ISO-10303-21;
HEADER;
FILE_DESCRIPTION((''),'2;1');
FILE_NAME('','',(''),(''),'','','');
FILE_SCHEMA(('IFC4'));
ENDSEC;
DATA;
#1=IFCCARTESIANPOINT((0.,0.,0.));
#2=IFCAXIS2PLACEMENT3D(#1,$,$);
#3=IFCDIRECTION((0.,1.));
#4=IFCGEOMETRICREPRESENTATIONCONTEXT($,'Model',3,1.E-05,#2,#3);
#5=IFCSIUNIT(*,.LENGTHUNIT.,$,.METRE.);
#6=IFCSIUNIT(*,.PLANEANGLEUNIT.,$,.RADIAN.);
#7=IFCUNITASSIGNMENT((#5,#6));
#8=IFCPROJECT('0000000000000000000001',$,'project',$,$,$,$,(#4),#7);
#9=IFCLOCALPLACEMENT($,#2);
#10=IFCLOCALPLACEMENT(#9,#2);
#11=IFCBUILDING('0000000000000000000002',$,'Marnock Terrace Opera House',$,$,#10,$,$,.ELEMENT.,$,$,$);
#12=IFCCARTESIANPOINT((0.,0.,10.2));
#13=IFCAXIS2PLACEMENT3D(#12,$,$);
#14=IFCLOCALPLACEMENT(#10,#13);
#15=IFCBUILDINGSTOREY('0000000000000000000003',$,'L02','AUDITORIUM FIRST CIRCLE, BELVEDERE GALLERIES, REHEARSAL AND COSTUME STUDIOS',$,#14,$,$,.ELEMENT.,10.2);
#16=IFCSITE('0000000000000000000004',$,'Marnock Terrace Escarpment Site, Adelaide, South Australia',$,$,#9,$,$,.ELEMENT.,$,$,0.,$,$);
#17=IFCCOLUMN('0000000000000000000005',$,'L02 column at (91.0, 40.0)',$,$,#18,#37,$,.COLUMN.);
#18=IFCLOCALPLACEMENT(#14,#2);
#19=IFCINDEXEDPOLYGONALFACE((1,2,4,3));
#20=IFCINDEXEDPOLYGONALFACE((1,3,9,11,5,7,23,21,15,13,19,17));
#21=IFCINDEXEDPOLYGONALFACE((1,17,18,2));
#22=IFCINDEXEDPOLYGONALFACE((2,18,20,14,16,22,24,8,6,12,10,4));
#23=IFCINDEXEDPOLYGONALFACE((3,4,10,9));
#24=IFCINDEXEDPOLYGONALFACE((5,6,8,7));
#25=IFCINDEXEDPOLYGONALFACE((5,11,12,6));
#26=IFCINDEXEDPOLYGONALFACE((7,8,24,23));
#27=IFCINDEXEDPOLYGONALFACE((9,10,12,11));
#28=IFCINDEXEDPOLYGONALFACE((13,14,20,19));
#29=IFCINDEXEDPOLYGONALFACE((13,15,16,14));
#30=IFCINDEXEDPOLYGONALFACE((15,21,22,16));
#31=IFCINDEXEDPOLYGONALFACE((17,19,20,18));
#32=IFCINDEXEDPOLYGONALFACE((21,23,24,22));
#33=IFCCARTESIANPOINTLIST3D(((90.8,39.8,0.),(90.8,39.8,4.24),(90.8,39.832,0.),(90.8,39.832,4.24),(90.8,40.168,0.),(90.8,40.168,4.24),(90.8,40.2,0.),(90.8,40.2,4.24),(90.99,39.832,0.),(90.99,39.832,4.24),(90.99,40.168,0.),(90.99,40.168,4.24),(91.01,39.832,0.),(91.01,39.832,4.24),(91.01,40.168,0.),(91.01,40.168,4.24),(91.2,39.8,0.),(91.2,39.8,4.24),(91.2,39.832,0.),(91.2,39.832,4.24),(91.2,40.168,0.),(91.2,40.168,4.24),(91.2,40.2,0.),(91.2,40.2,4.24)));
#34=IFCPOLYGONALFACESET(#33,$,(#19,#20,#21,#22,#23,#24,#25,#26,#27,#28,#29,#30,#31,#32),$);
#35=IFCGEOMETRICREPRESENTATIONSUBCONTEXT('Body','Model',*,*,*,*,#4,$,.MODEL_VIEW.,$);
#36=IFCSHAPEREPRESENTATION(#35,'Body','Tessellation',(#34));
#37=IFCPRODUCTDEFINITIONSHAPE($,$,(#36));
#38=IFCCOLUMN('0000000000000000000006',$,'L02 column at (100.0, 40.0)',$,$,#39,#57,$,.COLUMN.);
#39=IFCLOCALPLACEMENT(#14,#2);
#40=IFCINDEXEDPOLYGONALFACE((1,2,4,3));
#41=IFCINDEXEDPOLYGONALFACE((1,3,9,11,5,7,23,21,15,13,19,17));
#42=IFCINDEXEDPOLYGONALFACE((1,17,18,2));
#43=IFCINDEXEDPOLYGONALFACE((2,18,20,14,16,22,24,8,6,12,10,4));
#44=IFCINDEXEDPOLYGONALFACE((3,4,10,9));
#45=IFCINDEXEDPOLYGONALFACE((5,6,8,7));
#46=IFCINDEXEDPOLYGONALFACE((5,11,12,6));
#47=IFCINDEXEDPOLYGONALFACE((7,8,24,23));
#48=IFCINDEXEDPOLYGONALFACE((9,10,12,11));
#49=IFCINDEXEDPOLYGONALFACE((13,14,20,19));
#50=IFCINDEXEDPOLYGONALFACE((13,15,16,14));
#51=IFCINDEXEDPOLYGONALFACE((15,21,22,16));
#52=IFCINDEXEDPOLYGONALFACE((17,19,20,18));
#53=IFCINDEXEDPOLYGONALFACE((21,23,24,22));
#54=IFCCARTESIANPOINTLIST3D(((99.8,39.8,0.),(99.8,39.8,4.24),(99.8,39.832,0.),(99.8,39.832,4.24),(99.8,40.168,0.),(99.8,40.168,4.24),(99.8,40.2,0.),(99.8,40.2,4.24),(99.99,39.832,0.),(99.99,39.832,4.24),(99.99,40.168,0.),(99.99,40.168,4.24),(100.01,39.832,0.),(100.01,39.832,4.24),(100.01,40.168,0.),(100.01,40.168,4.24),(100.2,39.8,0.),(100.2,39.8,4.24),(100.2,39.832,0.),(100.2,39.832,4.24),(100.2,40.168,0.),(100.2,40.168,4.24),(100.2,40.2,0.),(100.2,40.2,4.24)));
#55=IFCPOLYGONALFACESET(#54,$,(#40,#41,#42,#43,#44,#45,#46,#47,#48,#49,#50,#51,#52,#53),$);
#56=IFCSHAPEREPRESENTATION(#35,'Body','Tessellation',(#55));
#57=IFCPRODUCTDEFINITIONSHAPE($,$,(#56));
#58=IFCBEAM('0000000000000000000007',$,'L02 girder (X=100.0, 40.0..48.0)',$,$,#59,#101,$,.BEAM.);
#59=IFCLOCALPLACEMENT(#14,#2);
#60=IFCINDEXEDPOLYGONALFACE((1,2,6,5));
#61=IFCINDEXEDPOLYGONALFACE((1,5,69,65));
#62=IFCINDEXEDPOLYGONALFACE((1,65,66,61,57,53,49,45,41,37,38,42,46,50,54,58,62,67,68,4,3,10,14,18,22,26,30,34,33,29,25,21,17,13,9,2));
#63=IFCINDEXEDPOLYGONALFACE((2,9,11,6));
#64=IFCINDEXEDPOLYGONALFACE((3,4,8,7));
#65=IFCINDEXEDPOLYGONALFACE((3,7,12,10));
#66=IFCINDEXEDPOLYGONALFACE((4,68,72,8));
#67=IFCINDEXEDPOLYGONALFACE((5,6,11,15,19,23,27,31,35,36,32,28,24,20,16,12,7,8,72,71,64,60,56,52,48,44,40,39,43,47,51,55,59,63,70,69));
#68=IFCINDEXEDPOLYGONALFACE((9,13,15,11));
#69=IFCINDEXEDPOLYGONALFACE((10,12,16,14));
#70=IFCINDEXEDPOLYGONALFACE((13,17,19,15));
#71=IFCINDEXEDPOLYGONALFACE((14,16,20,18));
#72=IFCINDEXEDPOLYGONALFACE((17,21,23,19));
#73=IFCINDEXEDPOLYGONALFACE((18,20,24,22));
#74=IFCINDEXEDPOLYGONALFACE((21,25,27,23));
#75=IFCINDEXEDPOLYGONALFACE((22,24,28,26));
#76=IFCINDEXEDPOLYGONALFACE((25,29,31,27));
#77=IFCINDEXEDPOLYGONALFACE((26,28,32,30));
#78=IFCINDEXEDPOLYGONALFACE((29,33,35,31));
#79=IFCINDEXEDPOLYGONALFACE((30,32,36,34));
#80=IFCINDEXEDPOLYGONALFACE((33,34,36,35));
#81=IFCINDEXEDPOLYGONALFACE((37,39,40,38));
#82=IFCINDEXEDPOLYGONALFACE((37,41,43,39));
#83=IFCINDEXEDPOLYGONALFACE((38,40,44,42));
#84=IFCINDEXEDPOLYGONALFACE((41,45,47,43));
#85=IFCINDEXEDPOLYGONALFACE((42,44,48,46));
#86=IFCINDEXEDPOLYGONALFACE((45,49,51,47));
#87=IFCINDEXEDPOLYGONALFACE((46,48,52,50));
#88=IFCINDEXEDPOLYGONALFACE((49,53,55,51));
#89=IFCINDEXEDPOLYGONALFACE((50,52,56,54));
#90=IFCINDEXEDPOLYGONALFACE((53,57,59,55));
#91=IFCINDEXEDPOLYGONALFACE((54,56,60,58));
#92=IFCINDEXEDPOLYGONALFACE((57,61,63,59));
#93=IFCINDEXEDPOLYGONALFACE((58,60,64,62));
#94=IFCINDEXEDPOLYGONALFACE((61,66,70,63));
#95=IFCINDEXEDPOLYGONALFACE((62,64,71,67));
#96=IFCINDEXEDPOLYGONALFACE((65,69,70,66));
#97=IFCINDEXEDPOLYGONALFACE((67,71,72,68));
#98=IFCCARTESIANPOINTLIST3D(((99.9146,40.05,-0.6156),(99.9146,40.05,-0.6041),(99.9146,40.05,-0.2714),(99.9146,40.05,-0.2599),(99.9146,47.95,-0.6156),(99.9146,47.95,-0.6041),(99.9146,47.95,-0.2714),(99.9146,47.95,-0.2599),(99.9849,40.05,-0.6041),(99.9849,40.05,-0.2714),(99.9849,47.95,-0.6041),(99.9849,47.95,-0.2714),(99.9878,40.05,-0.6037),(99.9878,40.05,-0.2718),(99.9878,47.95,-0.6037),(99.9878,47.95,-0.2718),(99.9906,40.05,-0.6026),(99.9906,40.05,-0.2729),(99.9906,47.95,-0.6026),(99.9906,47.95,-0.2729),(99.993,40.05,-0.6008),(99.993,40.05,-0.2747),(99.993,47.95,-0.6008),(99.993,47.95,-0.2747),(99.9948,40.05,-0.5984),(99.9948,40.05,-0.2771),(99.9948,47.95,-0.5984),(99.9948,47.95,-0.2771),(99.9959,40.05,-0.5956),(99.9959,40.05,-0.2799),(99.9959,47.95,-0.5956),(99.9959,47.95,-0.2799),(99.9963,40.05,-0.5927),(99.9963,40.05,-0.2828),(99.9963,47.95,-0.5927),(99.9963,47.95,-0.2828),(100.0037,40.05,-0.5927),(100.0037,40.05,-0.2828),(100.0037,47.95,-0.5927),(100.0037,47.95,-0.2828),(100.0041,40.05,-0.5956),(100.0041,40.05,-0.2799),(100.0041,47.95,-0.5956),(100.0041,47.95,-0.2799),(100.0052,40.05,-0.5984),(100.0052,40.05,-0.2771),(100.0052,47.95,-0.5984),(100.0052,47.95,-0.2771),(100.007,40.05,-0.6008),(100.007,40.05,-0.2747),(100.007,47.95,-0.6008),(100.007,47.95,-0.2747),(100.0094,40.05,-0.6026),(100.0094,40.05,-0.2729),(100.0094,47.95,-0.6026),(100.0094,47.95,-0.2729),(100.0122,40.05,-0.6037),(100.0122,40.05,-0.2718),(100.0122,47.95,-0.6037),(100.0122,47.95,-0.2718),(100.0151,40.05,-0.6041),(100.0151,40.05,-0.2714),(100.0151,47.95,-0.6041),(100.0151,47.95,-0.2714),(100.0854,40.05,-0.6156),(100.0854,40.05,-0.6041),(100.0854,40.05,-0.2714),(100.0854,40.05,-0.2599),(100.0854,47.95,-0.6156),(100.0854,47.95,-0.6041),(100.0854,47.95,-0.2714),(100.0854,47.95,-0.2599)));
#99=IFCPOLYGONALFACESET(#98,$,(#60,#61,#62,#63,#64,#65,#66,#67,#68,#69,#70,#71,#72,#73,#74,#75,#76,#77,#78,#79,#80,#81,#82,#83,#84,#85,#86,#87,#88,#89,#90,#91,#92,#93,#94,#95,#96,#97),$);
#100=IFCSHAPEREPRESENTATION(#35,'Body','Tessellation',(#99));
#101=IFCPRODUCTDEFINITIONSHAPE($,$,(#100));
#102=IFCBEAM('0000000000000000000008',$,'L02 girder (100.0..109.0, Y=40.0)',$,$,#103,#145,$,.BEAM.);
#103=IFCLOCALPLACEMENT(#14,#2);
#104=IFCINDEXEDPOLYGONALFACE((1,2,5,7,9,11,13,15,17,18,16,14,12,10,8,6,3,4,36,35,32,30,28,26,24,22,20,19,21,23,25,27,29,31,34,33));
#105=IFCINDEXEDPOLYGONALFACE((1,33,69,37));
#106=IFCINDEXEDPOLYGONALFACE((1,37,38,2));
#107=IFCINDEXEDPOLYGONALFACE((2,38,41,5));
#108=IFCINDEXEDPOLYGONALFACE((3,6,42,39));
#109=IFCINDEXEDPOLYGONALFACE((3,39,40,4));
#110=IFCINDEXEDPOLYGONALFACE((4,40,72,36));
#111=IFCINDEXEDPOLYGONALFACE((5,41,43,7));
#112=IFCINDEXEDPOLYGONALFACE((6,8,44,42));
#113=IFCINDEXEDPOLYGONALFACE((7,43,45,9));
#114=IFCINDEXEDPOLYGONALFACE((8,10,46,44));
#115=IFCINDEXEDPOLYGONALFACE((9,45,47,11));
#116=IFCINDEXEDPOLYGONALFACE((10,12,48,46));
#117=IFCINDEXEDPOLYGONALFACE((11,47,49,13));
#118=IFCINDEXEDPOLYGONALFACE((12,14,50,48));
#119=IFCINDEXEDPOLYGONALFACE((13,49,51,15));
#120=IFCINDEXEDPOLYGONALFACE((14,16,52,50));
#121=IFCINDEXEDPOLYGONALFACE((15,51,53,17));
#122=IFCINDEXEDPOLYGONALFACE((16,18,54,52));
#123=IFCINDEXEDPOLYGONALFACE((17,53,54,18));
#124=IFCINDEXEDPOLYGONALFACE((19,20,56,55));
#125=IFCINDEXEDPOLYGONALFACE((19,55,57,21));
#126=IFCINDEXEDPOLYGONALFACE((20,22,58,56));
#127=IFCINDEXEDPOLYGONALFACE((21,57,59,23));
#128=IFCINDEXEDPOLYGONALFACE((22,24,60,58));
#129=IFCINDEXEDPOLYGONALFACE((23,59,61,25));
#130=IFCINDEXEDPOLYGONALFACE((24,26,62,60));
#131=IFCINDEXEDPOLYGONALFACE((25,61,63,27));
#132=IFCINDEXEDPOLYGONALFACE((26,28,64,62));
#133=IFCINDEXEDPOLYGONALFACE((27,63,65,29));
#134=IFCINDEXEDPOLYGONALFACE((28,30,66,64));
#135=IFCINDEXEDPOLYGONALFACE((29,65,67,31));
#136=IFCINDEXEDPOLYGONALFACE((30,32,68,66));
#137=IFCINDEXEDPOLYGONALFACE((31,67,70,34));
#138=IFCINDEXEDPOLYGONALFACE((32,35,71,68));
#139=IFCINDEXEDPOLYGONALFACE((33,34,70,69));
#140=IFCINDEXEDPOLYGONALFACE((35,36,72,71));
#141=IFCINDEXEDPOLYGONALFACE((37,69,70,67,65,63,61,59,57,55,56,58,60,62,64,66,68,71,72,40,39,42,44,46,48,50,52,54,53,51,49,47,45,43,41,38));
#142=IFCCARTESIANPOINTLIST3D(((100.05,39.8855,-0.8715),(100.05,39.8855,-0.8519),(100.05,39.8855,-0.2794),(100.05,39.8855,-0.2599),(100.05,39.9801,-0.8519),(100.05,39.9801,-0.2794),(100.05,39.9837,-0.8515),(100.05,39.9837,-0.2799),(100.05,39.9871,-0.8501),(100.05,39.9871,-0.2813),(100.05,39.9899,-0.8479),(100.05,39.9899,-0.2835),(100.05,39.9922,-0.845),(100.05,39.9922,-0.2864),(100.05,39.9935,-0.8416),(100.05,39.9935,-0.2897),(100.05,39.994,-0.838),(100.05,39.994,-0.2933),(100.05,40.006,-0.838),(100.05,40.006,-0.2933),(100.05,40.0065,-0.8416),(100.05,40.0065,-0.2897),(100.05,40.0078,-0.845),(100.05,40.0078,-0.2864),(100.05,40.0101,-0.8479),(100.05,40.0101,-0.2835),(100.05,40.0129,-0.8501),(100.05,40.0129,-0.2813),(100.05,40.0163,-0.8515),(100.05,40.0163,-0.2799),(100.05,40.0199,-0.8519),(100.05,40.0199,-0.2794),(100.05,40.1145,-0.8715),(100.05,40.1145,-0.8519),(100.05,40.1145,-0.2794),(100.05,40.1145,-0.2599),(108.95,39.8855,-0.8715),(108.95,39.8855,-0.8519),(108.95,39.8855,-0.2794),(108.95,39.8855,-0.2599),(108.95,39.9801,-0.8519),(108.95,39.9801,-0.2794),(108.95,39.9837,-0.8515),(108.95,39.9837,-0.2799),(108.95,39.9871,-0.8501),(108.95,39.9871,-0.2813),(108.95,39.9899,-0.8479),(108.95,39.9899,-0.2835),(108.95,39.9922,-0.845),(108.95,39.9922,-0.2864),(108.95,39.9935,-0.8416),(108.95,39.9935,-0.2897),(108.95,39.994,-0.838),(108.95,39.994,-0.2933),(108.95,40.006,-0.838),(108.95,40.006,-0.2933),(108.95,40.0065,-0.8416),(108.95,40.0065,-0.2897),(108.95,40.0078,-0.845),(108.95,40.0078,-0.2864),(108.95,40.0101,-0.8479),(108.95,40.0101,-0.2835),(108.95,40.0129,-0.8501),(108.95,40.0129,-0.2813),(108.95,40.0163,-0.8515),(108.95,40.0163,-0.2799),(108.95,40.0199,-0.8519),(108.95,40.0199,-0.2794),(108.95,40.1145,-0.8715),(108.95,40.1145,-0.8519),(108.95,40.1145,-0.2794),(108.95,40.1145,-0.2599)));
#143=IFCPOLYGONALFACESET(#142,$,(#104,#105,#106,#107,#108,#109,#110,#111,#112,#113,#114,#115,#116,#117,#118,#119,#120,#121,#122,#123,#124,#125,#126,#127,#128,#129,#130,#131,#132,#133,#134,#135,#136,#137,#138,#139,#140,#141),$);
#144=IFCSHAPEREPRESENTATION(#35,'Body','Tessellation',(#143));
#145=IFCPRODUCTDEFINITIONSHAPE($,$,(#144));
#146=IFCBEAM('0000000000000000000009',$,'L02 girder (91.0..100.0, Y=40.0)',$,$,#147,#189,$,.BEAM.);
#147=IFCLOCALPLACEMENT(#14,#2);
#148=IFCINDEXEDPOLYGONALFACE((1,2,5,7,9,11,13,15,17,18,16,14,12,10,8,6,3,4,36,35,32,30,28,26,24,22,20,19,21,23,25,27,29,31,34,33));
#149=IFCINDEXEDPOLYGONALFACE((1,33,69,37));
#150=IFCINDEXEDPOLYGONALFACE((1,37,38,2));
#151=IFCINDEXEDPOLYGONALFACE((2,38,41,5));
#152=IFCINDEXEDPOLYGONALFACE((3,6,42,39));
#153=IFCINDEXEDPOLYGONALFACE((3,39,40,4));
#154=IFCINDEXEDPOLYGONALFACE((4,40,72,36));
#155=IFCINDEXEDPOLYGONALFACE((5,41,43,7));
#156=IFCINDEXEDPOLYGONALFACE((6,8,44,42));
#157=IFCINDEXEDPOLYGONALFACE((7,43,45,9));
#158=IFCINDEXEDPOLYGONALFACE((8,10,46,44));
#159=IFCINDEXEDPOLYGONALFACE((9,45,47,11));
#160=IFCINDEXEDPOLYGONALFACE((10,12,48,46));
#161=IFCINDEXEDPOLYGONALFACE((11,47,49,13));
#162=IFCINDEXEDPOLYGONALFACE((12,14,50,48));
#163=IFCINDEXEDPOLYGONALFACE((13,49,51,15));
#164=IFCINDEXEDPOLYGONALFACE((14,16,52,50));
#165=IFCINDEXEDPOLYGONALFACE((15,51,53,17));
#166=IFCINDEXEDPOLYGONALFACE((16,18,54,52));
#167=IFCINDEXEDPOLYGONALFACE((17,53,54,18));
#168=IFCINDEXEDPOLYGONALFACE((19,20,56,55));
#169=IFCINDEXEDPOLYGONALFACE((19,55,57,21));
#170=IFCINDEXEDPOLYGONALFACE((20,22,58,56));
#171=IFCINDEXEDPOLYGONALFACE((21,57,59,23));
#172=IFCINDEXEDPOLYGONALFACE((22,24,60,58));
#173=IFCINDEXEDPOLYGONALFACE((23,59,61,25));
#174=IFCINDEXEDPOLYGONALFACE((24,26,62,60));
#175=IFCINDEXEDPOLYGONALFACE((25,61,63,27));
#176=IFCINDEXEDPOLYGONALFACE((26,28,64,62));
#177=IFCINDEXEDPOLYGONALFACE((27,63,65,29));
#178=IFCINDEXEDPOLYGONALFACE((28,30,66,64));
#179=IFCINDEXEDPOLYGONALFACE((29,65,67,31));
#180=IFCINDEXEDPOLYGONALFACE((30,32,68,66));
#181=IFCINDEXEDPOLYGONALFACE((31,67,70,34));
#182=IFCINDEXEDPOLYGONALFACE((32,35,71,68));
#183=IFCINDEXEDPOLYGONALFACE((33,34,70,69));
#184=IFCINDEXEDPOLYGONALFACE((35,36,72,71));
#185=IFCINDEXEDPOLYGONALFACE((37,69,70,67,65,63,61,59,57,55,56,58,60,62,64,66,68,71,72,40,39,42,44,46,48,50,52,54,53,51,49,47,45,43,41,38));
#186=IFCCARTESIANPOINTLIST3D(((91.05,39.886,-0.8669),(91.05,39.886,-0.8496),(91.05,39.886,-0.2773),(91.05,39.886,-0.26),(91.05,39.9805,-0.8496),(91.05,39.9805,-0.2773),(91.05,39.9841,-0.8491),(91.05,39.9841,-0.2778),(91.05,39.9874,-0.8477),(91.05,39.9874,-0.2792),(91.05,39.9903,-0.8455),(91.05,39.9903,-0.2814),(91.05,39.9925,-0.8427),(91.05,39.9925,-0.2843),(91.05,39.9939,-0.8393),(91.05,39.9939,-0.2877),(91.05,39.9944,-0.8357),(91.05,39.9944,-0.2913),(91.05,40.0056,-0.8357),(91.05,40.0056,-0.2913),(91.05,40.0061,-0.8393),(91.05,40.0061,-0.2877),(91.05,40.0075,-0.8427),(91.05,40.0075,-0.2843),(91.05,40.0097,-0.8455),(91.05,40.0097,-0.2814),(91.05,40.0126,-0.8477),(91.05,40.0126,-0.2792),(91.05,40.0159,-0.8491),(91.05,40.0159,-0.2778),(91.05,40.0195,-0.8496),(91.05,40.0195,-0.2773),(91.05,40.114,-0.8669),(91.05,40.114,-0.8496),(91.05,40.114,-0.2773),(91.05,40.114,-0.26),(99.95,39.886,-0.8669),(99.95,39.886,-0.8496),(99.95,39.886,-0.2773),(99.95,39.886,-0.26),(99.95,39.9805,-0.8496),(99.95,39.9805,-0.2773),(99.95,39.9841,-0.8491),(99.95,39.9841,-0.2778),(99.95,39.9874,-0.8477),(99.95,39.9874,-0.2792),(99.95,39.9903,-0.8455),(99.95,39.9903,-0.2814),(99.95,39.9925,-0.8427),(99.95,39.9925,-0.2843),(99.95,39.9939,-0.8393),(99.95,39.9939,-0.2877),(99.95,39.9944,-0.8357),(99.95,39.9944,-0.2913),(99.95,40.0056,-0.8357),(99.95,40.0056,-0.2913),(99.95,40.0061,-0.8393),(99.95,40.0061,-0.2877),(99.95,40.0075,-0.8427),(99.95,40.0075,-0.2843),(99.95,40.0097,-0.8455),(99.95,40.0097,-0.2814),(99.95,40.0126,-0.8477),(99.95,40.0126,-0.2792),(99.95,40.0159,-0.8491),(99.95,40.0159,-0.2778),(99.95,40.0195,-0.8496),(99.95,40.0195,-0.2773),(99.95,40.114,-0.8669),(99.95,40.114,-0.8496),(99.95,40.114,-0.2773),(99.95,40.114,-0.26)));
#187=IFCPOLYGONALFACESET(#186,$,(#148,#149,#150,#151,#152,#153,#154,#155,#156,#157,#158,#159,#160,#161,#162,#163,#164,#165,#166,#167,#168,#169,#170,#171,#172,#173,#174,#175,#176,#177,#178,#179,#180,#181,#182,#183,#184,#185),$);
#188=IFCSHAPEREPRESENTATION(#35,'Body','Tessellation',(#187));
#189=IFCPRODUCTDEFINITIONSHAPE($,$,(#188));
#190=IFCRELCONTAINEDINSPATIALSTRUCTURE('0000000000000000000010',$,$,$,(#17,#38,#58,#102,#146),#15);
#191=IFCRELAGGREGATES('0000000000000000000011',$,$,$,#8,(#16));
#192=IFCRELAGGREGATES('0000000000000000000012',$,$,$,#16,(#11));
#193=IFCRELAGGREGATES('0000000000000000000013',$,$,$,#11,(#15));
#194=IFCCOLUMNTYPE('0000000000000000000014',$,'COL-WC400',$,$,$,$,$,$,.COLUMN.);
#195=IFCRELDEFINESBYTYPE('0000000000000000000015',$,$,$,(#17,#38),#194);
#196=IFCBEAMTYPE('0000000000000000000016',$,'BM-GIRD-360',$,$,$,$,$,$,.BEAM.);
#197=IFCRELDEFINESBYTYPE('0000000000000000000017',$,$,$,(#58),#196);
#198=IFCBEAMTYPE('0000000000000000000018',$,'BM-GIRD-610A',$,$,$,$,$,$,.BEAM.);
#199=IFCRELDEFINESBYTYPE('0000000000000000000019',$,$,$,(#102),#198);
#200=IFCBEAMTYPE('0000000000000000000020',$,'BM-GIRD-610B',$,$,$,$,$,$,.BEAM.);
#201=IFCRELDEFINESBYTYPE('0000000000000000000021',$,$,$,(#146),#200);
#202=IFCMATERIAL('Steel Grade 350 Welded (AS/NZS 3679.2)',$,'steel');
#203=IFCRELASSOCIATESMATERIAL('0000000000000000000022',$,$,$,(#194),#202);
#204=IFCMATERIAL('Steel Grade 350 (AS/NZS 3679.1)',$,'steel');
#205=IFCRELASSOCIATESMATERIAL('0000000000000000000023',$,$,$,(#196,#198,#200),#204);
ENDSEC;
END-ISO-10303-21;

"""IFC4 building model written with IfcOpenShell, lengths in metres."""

from ifc_helpers import new_model, si_unit, direction, frame, origin, origin_2d, place, context, subcontext, project, spatial, i_section, extrude, material, material_profile, profile_set, type_object, element, save


model = new_model("IFC4")

# Units and contexts
model_context = context("Model", 3, precision=1e-05, world=origin(), true_north=direction((0.0, 1.0)))
body_context = subcontext(model_context, "Body", "Model", "MODEL_VIEW")
ifc_project = project(units=[si_unit("LENGTHUNIT", "METRE"), si_unit("PLANEANGLEUNIT", "RADIAN")], contexts=[model_context])

# Site, building, storey
site_placement = place(None, origin())
site = spatial("IfcSite", under=ifc_project, at=site_placement, Name="Marnock Terrace Escarpment Site, Adelaide, South Australia", CompositionType="ELEMENT", RefElevation=0.0)
building_placement = place(site_placement, origin())
building = spatial("IfcBuilding", under=site, at=building_placement, Name="Marnock Terrace Opera House", CompositionType="ELEMENT")
storey_placement = place(building_placement, frame((0.0, 0.0, 10.2)))
storey = spatial("IfcBuildingStorey", under=building, at=storey_placement, Name="L02", Description="AUDITORIUM FIRST CIRCLE, BELVEDERE GALLERIES, REHEARSAL AND COSTUME STUDIOS", CompositionType="ELEMENT", Elevation=10.2)

# Columns
ifc_material_1 = material(Name="Steel Grade 350 Welded (AS/NZS 3679.2)", Category="steel")
ifc_material_profile_1 = material_profile(ifc_material_1, i_section(OverallWidth=0.3999, OverallDepth=0.3999, WebThickness=0.02, FlangeThickness=0.032, at=origin_2d()))
ifc_profile_set_1 = profile_set([ifc_material_profile_1], Name="Steel Grade 350 Welded (AS/NZS 3679.2)")
column_type_1 = type_object("IfcColumnType", Name="COL-WC400", PredefinedType="COLUMN", material=ifc_profile_set_1)
for number, where, z_axis, x_axis, name in (
    (1, (91.0, 40.0, 0.0), (0.0, 0.0, 1.0), (1.0, 0.0, 0.0), "L02 column at (91.0, 40.0)"),
    (2, (100.0, 40.0, 0.0), (0.0, 0.0, 1.0), (1.0, 0.0, 0.0), "L02 column at (100.0, 40.0)"),
):
    element("IfcColumn", number, at=place(storey_placement, frame(where, z_axis=z_axis, x_axis=x_axis)), inside=storey, type_object=column_type_1, Name=name, PredefinedType="COLUMN", context=body_context, shape_type="SweptSolid", body=[
        extrude(i_section(OverallWidth=0.3999, OverallDepth=0.3999, WebThickness=0.02, FlangeThickness=0.032, at=origin_2d()), origin(), (0.0, 0.0, 1.0), 4.24),
    ])

# Beams
ifc_material_2 = material(Name="Steel Grade 350 (AS/NZS 3679.1)", Category="steel")
ifc_material_profile_2 = material_profile(ifc_material_2, i_section(OverallWidth=0.1709, OverallDepth=0.3557, WebThickness=0.0073, FlangeThickness=0.0115, FilletRadius=0.0115, at=origin_2d()))
ifc_profile_set_2 = profile_set([ifc_material_profile_2], Name="Steel Grade 350 (AS/NZS 3679.1)")
beam_type_1 = type_object("IfcBeamType", Name="BM-GIRD-360", PredefinedType="BEAM", material=ifc_profile_set_2)
beam_1_placement = place(storey_placement, frame((100.0, 40.05, -0.4377), z_axis=(0.0, 1.0, 0.0), x_axis=(-1.0, 0.0, 0.0)))
element("IfcBeam", 3, at=beam_1_placement, inside=storey, type_object=beam_type_1, Name="L02 girder (X=100.0, 40.0..48.0)", PredefinedType="BEAM", context=body_context, shape_type="SweptSolid", body=[
    extrude(i_section(OverallWidth=0.1709, OverallDepth=0.3557, WebThickness=0.0073, FlangeThickness=0.0115, FilletRadius=0.0115, at=origin_2d()), origin(), (0.0, 0.0, 1.0), 7.8999),
])
ifc_material_profile_3 = material_profile(ifc_material_2, i_section(OverallWidth=0.229, OverallDepth=0.6116, WebThickness=0.012, FlangeThickness=0.0195, FilletRadius=0.0139, at=origin_2d()))
ifc_profile_set_3 = profile_set([ifc_material_profile_3], Name="Steel Grade 350 (AS/NZS 3679.1)")
beam_type_2 = type_object("IfcBeamType", Name="BM-GIRD-610A", PredefinedType="BEAM", material=ifc_profile_set_3)
beam_2_placement = place(storey_placement, frame((100.05, 40.0, -0.5657), z_axis=(1.0, 0.0, 0.0), x_axis=(0.0, 1.0, 0.0)))
element("IfcBeam", 4, at=beam_2_placement, inside=storey, type_object=beam_type_2, Name="L02 girder (100.0..109.0, Y=40.0)", PredefinedType="BEAM", context=body_context, shape_type="SweptSolid", body=[
    extrude(i_section(OverallWidth=0.229, OverallDepth=0.6116, WebThickness=0.012, FlangeThickness=0.0195, FilletRadius=0.0139, at=origin_2d()), origin(), (0.0, 0.0, 1.0), 8.8999),
])
ifc_material_profile_4 = material_profile(ifc_material_2, i_section(OverallWidth=0.228, OverallDepth=0.6069, WebThickness=0.0112, FlangeThickness=0.0173, FilletRadius=0.0139, at=origin_2d()))
ifc_profile_set_4 = profile_set([ifc_material_profile_4], Name="Steel Grade 350 (AS/NZS 3679.1)")
beam_type_3 = type_object("IfcBeamType", Name="BM-GIRD-610B", PredefinedType="BEAM", material=ifc_profile_set_4)
beam_3_placement = place(storey_placement, frame((91.05, 40.0, -0.5635), z_axis=(1.0, 0.0, 0.0), x_axis=(0.0, 1.0, 0.0)))
element("IfcBeam", 5, at=beam_3_placement, inside=storey, type_object=beam_type_3, Name="L02 girder (91.0..100.0, Y=40.0)", PredefinedType="BEAM", context=body_context, shape_type="SweptSolid", body=[
    extrude(i_section(OverallWidth=0.228, OverallDepth=0.6069, WebThickness=0.0112, FlangeThickness=0.0173, FilletRadius=0.0139, at=origin_2d()), origin(), (0.0, 0.0, 1.0), 8.8999),
])

save(model, "model.ifc")
